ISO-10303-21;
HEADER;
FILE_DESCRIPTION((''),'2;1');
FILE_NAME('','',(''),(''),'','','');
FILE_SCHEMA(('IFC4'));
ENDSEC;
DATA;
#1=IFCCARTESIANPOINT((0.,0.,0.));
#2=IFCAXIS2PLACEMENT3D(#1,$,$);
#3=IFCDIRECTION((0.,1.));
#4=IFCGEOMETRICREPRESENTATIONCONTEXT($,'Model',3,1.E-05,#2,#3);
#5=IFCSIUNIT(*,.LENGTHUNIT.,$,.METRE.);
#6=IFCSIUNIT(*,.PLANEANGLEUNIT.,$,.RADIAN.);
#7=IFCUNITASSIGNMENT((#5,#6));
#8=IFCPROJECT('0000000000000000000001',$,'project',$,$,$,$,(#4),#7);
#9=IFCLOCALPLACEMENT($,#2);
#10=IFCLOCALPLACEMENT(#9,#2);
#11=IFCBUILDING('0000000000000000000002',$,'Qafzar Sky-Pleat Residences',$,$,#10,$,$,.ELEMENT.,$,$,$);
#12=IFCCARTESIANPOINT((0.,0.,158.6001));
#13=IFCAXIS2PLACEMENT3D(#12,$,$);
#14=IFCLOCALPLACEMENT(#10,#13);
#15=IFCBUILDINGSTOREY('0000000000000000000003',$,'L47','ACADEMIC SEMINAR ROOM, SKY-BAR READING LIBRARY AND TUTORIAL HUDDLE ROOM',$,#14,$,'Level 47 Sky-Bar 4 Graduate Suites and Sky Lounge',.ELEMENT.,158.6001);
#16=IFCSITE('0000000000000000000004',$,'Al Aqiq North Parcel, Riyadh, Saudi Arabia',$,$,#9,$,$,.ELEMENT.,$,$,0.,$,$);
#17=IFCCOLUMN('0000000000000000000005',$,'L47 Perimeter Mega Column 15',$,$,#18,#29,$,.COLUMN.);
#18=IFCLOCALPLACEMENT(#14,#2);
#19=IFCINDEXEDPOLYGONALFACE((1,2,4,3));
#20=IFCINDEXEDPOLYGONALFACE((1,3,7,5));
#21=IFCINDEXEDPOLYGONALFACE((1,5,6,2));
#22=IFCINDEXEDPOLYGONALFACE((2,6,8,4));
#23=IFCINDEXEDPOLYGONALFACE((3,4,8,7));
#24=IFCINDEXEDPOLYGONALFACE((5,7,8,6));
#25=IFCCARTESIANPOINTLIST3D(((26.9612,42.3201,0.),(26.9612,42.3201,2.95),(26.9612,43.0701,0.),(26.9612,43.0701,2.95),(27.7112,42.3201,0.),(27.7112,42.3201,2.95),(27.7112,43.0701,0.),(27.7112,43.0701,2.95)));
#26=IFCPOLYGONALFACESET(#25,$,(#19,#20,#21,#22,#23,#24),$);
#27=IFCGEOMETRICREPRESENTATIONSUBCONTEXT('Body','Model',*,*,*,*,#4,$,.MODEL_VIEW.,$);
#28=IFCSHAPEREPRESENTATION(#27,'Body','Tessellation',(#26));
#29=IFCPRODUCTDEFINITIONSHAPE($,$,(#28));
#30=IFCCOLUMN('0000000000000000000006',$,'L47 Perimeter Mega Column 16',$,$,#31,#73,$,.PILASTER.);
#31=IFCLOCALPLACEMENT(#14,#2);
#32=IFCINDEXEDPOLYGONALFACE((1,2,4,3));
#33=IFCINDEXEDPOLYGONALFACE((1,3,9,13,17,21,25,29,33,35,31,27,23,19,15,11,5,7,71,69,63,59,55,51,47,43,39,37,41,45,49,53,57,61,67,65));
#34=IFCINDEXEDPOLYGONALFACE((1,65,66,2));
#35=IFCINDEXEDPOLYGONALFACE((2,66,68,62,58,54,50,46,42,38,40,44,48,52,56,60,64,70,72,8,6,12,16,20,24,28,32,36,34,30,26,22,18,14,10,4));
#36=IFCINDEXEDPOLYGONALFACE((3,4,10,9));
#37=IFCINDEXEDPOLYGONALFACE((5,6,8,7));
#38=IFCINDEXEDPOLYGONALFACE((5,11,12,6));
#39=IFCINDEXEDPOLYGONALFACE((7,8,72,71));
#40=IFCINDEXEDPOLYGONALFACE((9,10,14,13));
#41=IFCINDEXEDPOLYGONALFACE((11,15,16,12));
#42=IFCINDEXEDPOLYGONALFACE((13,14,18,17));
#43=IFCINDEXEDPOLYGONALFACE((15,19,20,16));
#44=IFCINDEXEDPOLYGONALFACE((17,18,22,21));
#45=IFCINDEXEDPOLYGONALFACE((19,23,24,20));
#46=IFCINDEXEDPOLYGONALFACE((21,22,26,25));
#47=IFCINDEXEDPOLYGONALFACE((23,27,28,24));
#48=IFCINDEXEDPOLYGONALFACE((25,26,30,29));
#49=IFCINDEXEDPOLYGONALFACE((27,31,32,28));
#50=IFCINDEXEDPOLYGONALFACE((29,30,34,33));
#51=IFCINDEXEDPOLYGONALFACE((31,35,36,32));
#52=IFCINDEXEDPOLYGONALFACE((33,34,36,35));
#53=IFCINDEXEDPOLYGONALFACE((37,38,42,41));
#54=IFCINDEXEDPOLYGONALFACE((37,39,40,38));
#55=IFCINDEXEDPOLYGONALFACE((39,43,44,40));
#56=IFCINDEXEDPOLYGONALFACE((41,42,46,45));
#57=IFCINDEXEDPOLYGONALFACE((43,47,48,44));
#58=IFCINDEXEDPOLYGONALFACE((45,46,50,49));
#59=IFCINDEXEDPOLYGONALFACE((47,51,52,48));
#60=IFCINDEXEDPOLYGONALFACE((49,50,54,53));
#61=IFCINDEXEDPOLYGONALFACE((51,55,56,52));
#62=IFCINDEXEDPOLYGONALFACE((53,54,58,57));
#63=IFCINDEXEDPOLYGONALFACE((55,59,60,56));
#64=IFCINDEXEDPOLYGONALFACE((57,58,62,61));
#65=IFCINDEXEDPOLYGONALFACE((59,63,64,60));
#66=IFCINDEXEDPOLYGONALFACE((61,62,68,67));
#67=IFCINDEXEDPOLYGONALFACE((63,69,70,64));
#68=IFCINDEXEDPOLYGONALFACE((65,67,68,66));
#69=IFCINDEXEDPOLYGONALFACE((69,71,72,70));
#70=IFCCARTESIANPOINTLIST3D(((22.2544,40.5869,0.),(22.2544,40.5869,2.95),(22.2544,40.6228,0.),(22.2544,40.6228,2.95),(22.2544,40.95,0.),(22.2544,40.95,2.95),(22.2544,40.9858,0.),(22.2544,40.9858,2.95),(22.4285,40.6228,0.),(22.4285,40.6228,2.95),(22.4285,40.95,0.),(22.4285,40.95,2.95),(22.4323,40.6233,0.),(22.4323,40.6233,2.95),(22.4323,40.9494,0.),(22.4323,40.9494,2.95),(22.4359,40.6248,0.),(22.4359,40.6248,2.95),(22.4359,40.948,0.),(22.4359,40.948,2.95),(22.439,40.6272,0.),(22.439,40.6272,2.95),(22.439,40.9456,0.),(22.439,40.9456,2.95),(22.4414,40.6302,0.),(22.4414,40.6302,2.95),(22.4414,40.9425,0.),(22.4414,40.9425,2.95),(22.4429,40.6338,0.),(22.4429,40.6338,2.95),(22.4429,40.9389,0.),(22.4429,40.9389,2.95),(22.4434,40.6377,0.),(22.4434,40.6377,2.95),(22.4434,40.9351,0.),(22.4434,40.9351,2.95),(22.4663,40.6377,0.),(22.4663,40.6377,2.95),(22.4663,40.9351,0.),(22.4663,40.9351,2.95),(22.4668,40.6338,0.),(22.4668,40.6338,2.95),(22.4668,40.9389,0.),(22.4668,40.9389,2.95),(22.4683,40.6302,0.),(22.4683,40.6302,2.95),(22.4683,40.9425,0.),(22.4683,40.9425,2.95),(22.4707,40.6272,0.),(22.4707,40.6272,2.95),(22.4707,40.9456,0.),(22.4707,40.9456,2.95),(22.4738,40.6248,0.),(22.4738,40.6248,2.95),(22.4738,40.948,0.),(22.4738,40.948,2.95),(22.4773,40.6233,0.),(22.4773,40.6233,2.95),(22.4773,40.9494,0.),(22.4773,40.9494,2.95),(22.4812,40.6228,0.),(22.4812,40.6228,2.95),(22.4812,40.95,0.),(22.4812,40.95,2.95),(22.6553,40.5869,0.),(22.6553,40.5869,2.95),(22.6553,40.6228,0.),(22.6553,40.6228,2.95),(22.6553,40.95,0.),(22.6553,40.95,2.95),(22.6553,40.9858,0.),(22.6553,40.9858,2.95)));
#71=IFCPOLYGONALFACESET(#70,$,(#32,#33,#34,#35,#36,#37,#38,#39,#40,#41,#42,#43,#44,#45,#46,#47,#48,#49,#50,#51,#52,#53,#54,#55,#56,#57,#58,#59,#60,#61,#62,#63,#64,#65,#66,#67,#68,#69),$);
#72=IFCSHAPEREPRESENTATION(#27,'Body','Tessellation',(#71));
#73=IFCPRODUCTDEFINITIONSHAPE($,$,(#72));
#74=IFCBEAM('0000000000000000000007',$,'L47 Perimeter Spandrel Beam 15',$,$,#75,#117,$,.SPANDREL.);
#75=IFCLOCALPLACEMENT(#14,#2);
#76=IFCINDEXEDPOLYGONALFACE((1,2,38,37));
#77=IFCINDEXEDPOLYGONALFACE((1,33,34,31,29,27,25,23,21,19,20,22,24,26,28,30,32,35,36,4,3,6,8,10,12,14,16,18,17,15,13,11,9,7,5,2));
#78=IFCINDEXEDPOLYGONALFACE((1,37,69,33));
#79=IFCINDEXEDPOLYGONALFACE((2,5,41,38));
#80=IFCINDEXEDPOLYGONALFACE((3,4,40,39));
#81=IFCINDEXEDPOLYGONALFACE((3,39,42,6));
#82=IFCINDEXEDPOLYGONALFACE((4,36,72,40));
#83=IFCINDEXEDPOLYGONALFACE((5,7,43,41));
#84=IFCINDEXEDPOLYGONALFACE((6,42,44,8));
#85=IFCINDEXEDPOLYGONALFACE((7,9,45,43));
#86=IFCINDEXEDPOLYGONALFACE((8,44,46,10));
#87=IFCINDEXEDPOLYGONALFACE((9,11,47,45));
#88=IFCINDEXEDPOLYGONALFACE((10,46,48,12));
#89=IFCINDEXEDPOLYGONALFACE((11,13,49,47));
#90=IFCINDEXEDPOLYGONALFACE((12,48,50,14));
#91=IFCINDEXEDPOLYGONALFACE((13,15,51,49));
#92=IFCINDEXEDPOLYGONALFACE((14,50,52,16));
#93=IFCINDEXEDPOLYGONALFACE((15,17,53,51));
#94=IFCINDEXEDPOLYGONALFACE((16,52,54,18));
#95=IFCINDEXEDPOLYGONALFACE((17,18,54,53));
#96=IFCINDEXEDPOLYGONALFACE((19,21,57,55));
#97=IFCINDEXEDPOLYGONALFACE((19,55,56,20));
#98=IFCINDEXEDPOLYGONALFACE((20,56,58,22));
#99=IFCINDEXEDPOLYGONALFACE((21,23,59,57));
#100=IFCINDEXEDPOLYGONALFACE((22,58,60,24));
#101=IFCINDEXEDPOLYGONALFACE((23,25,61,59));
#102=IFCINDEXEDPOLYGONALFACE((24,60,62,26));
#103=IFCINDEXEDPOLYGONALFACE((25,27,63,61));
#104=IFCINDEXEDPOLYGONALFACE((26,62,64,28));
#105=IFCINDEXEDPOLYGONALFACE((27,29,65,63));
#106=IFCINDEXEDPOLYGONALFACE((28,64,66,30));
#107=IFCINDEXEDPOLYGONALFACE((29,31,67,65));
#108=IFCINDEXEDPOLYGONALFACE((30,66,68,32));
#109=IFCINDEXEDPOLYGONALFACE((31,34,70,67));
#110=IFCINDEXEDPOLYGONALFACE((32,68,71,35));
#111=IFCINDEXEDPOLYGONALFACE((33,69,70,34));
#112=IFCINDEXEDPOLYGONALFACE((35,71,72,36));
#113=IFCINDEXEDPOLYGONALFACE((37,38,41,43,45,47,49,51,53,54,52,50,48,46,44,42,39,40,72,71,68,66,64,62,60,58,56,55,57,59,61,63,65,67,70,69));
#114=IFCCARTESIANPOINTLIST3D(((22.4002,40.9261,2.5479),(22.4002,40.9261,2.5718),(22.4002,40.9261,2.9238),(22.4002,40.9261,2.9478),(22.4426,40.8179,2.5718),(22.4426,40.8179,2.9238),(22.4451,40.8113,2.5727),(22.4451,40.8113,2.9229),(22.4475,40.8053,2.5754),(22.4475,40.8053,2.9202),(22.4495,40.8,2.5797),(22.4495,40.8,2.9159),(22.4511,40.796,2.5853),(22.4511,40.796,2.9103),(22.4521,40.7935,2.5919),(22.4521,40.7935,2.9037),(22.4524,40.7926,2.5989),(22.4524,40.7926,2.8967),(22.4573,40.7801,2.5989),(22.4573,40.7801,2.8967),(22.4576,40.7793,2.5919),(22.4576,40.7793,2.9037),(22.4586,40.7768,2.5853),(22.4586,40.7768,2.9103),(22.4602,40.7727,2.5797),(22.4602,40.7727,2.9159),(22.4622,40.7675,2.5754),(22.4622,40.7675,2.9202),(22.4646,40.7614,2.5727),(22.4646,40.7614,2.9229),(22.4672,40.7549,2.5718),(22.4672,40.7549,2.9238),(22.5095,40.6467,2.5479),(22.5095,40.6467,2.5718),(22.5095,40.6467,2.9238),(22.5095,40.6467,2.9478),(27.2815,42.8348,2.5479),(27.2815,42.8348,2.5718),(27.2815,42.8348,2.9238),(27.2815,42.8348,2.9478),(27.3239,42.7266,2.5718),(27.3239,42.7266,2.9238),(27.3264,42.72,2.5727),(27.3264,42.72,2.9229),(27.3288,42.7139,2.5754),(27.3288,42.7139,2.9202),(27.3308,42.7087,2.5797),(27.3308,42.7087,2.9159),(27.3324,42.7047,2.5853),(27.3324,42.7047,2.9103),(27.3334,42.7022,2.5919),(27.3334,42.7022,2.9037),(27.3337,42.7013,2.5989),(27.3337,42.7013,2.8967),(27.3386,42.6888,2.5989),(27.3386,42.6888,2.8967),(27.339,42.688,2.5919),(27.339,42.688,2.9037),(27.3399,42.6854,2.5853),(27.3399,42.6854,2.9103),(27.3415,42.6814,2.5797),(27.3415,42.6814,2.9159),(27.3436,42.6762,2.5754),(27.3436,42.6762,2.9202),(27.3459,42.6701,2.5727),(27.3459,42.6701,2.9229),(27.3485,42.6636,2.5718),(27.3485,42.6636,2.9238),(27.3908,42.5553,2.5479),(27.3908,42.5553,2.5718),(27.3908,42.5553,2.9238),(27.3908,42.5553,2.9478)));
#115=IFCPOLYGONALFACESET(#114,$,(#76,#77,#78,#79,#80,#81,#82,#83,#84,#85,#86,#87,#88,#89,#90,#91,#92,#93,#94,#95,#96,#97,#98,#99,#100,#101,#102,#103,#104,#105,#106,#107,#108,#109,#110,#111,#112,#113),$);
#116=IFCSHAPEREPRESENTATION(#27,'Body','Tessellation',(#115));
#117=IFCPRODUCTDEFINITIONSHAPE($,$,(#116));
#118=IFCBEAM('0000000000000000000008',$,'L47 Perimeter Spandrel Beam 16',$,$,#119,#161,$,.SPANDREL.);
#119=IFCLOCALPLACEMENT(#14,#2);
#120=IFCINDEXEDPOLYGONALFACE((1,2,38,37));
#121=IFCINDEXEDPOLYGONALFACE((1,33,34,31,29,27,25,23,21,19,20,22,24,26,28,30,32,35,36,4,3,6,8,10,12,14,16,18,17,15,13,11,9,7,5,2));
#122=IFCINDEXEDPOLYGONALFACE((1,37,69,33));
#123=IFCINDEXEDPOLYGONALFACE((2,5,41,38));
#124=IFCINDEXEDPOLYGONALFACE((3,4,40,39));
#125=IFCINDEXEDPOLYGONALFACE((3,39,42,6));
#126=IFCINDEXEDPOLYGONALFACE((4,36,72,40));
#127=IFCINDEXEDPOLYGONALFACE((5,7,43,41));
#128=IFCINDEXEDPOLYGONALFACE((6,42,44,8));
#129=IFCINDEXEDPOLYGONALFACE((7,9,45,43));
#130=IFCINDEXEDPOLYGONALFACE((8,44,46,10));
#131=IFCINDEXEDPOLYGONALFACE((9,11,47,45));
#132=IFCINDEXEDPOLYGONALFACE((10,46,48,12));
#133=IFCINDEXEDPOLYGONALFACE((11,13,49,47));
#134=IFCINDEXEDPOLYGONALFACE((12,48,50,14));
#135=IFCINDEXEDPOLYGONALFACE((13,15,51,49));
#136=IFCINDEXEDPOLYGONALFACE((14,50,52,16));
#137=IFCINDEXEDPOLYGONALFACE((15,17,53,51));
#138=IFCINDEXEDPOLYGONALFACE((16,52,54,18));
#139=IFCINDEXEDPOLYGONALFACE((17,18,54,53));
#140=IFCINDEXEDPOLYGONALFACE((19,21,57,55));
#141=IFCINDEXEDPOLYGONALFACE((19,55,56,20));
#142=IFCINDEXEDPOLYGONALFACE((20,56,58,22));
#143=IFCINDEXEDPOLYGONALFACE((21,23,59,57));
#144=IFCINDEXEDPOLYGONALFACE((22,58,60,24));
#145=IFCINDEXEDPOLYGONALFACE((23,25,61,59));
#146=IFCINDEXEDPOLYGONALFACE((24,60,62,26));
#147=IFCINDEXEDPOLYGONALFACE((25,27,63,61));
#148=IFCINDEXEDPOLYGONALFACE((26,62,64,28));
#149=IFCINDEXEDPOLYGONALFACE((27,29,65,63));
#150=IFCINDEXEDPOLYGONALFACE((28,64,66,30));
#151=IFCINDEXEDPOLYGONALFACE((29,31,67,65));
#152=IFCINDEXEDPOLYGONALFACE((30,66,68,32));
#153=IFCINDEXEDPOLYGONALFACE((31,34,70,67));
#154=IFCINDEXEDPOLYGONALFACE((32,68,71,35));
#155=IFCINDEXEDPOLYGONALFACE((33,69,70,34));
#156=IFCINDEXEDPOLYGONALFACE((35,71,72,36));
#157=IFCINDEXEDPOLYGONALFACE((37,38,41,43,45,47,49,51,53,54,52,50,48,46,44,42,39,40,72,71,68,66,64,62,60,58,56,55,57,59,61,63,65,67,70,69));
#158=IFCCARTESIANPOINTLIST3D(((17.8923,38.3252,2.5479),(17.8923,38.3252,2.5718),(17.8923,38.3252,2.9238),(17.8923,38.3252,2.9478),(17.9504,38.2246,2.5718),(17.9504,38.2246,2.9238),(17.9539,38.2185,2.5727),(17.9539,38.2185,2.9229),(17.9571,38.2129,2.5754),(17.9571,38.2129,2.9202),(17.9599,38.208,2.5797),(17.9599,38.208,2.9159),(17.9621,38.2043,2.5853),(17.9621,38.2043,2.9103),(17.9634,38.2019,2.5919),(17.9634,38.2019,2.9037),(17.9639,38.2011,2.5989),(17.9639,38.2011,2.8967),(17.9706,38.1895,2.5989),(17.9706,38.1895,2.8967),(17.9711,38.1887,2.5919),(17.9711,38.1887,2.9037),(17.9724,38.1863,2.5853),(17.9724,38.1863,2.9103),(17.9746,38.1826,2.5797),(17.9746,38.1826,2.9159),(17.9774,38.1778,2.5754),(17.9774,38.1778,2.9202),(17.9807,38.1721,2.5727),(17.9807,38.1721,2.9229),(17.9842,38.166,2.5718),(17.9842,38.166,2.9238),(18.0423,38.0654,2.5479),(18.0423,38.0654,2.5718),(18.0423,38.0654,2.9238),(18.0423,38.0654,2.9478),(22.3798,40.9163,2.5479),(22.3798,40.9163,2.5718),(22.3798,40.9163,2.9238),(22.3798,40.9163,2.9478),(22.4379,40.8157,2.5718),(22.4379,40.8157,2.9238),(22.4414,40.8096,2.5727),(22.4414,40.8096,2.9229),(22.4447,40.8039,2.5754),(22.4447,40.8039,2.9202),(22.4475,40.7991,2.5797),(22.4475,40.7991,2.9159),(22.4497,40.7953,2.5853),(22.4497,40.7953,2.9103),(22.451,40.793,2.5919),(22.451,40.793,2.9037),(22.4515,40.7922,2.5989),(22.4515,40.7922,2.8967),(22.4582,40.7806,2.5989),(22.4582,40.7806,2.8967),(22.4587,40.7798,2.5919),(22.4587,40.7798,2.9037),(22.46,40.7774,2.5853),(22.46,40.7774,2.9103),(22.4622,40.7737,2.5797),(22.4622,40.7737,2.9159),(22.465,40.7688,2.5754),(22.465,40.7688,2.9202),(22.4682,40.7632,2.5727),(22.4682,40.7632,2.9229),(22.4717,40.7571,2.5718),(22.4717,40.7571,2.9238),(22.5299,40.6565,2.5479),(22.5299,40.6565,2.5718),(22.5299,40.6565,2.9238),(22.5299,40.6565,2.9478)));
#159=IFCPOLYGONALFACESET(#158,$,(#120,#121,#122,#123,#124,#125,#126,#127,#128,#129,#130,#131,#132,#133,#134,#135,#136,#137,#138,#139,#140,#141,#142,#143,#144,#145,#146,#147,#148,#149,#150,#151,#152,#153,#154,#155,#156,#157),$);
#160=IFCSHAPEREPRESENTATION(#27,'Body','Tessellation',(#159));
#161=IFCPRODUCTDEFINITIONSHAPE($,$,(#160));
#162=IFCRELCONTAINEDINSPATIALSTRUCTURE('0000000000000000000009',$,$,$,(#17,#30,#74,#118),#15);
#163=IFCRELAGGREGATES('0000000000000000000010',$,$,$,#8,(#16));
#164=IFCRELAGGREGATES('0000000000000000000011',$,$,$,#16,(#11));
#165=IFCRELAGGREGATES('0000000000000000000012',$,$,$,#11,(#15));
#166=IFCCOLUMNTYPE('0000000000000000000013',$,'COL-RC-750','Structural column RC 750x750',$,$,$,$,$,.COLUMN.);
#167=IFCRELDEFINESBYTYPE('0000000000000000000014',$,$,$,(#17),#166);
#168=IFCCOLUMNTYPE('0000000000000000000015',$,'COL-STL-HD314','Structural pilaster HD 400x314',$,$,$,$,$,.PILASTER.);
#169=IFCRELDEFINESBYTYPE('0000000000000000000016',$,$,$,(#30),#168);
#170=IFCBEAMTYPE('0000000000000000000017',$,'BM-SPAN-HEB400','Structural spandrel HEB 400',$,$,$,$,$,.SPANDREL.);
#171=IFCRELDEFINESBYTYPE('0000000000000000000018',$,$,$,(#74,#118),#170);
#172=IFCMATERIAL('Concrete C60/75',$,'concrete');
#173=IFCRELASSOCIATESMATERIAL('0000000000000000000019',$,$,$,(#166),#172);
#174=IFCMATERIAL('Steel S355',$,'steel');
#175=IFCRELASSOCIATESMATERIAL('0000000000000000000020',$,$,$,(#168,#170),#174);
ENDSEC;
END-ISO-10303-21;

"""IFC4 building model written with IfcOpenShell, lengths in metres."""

from ifc_helpers import new_model, si_unit, direction, frame, origin, origin_2d, place, context, subcontext, project, spatial, rectangle, i_section, extrude, source, transform, mapped, material, material_profile, profile_set, type_object, element, save


model = new_model("IFC4")

# Units and contexts
model_context = context("Model", 3, precision=1e-05, world=origin(), true_north=direction((0.0, 1.0)))
body_context = subcontext(model_context, "Body", "Model", "MODEL_VIEW")
ifc_project = project(units=[si_unit("LENGTHUNIT", "METRE"), si_unit("PLANEANGLEUNIT", "RADIAN")], contexts=[model_context])

# Site, building, storey
site_placement = place(None, origin())
site = spatial("IfcSite", under=ifc_project, at=site_placement, Name="Al Aqiq North Parcel, Riyadh, Saudi Arabia", CompositionType="ELEMENT", RefElevation=0.0)
building_placement = place(site_placement, origin())
building = spatial("IfcBuilding", under=site, at=building_placement, Name="Qafzar Sky-Pleat Residences", CompositionType="ELEMENT")
storey_placement = place(building_placement, frame((0.0, 0.0, 158.6001)))
storey = spatial("IfcBuildingStorey", under=building, at=storey_placement, Name="L47", Description="ACADEMIC SEMINAR ROOM, SKY-BAR READING LIBRARY AND TUTORIAL HUDDLE ROOM", LongName="Level 47 Sky-Bar 4 Graduate Suites and Sky Lounge", CompositionType="ELEMENT", Elevation=158.6001)

# Columns
ifc_material_1 = material(Name="Concrete C60/75", Category="concrete")
ifc_material_profile_1 = material_profile(ifc_material_1, rectangle(XDim=0.75, YDim=0.75, at=origin_2d()), Name="RC 750x750")
ifc_profile_set_1 = profile_set([ifc_material_profile_1], Name="Concrete C60/75")
column_type_1 = type_object("IfcColumnType", Name="COL-RC-750", Description="Structural column RC 750x750", PredefinedType="COLUMN", material=ifc_profile_set_1)
shared_shape_1 = source(origin(), body_context, "Body", "SweptSolid", [
    extrude(rectangle(XDim=0.75, YDim=0.75, at=origin_2d()), origin(), (0.0, 0.0, 1.0), 2.95),
])
column_1_placement = place(storey_placement, frame((27.3362, 42.6951, 0.0), z_axis=(0.0, 0.0, 1.0), x_axis=(1.0, 0.0, 0.0)))
element("IfcColumn", 1, at=column_1_placement, inside=storey, type_object=column_type_1, Name="L47 Perimeter Mega Column 15", PredefinedType="COLUMN", context=body_context, shape_type="MappedRepresentation", body=[
    mapped(shared_shape_1, transform((0.0, 0.0, 0.0), x_axis=(1.0, 0.0, 0.0), y_axis=(0.0, 1.0, 0.0), z_axis=(0.0, 0.0, 1.0), scale=1.0)),
])
ifc_material_2 = material(Name="Steel S355", Category="steel")
ifc_material_profile_2 = material_profile(ifc_material_2, i_section(OverallWidth=0.4009, OverallDepth=0.3989, WebThickness=0.0229, FlangeThickness=0.0359, FilletRadius=0.0149, at=origin_2d()), Name="HD 400x314")
ifc_profile_set_2 = profile_set([ifc_material_profile_2], Name="Steel S355")
column_type_2 = type_object("IfcColumnType", Name="COL-STL-HD314", Description="Structural pilaster HD 400x314", PredefinedType="PILASTER", material=ifc_profile_set_2)
shared_shape_2 = source(origin(), body_context, "Body", "SweptSolid", [
    extrude(i_section(OverallWidth=0.4009, OverallDepth=0.3989, WebThickness=0.0229, FlangeThickness=0.0359, FilletRadius=0.0149, at=origin_2d()), origin(), (0.0, 0.0, 1.0), 2.95),
])
column_2_placement = place(storey_placement, frame((22.4548, 40.7864, 0.0), z_axis=(0.0, 0.0, 1.0), x_axis=(1.0, 0.0, 0.0)))
element("IfcColumn", 2, at=column_2_placement, inside=storey, type_object=column_type_2, Name="L47 Perimeter Mega Column 16", PredefinedType="PILASTER", context=body_context, shape_type="MappedRepresentation", body=[
    mapped(shared_shape_2, transform((0.0, 0.0, 0.0), x_axis=(1.0, 0.0, 0.0), y_axis=(0.0, 1.0, 0.0), z_axis=(0.0, 0.0, 1.0), scale=1.0)),
])

# Beams
ifc_material_profile_3 = material_profile(ifc_material_2, i_section(OverallWidth=0.3, OverallDepth=0.3999, WebThickness=0.0134, FlangeThickness=0.0239, FilletRadius=0.0271, at=origin_2d()), Name="HEB 400")
ifc_profile_set_3 = profile_set([ifc_material_profile_3], Name="Steel S355")
beam_type_1 = type_object("IfcBeamType", Name="BM-SPAN-HEB400", Description="Structural spandrel HEB 400", PredefinedType="SPANDREL", material=ifc_profile_set_3)
shared_shape_3 = source(origin(), body_context, "Body", "SweptSolid", [
    extrude(i_section(OverallWidth=0.3, OverallDepth=0.3999, WebThickness=0.0134, FlangeThickness=0.0239, FilletRadius=0.0271, at=origin_2d()), origin(), (0.0, 0.0, 1.0), 5.2412),
])
beam_1_placement = place(storey_placement, frame((27.3362, 42.6951, 2.7478), z_axis=(-0.931333, -0.364168, 0.0), x_axis=(0.364168, -0.931333, 0.0)))
element("IfcBeam", 3, at=beam_1_placement, inside=storey, type_object=beam_type_1, Name="L47 Perimeter Spandrel Beam 15", PredefinedType="SPANDREL", context=body_context, shape_type="MappedRepresentation", body=[
    mapped(shared_shape_3, transform((0.0, 0.0, 0.0), x_axis=(1.0, 0.0, 0.0), y_axis=(0.0, 1.0, 0.0), z_axis=(0.0, 0.0, 1.0), scale=1.0)),
])
shared_shape_4 = source(origin(), body_context, "Body", "SweptSolid", [
    extrude(i_section(OverallWidth=0.3, OverallDepth=0.3999, WebThickness=0.0134, FlangeThickness=0.0239, FilletRadius=0.0271, at=origin_2d()), origin(), (0.0, 0.0, 1.0), 5.1819),
])
beam_2_placement = place(storey_placement, frame((22.4548, 40.7864, 2.7478), z_axis=(-0.866011, -0.500026, 0.0), x_axis=(0.500026, -0.866011, 0.0)))
element("IfcBeam", 4, at=beam_2_placement, inside=storey, type_object=beam_type_1, Name="L47 Perimeter Spandrel Beam 16", PredefinedType="SPANDREL", context=body_context, shape_type="MappedRepresentation", body=[
    mapped(shared_shape_4, transform((0.0, 0.0, 0.0), x_axis=(1.0, 0.0, 0.0), y_axis=(0.0, 1.0, 0.0), z_axis=(0.0, 0.0, 1.0), scale=1.0)),
])

save(model, "model.ifc")
